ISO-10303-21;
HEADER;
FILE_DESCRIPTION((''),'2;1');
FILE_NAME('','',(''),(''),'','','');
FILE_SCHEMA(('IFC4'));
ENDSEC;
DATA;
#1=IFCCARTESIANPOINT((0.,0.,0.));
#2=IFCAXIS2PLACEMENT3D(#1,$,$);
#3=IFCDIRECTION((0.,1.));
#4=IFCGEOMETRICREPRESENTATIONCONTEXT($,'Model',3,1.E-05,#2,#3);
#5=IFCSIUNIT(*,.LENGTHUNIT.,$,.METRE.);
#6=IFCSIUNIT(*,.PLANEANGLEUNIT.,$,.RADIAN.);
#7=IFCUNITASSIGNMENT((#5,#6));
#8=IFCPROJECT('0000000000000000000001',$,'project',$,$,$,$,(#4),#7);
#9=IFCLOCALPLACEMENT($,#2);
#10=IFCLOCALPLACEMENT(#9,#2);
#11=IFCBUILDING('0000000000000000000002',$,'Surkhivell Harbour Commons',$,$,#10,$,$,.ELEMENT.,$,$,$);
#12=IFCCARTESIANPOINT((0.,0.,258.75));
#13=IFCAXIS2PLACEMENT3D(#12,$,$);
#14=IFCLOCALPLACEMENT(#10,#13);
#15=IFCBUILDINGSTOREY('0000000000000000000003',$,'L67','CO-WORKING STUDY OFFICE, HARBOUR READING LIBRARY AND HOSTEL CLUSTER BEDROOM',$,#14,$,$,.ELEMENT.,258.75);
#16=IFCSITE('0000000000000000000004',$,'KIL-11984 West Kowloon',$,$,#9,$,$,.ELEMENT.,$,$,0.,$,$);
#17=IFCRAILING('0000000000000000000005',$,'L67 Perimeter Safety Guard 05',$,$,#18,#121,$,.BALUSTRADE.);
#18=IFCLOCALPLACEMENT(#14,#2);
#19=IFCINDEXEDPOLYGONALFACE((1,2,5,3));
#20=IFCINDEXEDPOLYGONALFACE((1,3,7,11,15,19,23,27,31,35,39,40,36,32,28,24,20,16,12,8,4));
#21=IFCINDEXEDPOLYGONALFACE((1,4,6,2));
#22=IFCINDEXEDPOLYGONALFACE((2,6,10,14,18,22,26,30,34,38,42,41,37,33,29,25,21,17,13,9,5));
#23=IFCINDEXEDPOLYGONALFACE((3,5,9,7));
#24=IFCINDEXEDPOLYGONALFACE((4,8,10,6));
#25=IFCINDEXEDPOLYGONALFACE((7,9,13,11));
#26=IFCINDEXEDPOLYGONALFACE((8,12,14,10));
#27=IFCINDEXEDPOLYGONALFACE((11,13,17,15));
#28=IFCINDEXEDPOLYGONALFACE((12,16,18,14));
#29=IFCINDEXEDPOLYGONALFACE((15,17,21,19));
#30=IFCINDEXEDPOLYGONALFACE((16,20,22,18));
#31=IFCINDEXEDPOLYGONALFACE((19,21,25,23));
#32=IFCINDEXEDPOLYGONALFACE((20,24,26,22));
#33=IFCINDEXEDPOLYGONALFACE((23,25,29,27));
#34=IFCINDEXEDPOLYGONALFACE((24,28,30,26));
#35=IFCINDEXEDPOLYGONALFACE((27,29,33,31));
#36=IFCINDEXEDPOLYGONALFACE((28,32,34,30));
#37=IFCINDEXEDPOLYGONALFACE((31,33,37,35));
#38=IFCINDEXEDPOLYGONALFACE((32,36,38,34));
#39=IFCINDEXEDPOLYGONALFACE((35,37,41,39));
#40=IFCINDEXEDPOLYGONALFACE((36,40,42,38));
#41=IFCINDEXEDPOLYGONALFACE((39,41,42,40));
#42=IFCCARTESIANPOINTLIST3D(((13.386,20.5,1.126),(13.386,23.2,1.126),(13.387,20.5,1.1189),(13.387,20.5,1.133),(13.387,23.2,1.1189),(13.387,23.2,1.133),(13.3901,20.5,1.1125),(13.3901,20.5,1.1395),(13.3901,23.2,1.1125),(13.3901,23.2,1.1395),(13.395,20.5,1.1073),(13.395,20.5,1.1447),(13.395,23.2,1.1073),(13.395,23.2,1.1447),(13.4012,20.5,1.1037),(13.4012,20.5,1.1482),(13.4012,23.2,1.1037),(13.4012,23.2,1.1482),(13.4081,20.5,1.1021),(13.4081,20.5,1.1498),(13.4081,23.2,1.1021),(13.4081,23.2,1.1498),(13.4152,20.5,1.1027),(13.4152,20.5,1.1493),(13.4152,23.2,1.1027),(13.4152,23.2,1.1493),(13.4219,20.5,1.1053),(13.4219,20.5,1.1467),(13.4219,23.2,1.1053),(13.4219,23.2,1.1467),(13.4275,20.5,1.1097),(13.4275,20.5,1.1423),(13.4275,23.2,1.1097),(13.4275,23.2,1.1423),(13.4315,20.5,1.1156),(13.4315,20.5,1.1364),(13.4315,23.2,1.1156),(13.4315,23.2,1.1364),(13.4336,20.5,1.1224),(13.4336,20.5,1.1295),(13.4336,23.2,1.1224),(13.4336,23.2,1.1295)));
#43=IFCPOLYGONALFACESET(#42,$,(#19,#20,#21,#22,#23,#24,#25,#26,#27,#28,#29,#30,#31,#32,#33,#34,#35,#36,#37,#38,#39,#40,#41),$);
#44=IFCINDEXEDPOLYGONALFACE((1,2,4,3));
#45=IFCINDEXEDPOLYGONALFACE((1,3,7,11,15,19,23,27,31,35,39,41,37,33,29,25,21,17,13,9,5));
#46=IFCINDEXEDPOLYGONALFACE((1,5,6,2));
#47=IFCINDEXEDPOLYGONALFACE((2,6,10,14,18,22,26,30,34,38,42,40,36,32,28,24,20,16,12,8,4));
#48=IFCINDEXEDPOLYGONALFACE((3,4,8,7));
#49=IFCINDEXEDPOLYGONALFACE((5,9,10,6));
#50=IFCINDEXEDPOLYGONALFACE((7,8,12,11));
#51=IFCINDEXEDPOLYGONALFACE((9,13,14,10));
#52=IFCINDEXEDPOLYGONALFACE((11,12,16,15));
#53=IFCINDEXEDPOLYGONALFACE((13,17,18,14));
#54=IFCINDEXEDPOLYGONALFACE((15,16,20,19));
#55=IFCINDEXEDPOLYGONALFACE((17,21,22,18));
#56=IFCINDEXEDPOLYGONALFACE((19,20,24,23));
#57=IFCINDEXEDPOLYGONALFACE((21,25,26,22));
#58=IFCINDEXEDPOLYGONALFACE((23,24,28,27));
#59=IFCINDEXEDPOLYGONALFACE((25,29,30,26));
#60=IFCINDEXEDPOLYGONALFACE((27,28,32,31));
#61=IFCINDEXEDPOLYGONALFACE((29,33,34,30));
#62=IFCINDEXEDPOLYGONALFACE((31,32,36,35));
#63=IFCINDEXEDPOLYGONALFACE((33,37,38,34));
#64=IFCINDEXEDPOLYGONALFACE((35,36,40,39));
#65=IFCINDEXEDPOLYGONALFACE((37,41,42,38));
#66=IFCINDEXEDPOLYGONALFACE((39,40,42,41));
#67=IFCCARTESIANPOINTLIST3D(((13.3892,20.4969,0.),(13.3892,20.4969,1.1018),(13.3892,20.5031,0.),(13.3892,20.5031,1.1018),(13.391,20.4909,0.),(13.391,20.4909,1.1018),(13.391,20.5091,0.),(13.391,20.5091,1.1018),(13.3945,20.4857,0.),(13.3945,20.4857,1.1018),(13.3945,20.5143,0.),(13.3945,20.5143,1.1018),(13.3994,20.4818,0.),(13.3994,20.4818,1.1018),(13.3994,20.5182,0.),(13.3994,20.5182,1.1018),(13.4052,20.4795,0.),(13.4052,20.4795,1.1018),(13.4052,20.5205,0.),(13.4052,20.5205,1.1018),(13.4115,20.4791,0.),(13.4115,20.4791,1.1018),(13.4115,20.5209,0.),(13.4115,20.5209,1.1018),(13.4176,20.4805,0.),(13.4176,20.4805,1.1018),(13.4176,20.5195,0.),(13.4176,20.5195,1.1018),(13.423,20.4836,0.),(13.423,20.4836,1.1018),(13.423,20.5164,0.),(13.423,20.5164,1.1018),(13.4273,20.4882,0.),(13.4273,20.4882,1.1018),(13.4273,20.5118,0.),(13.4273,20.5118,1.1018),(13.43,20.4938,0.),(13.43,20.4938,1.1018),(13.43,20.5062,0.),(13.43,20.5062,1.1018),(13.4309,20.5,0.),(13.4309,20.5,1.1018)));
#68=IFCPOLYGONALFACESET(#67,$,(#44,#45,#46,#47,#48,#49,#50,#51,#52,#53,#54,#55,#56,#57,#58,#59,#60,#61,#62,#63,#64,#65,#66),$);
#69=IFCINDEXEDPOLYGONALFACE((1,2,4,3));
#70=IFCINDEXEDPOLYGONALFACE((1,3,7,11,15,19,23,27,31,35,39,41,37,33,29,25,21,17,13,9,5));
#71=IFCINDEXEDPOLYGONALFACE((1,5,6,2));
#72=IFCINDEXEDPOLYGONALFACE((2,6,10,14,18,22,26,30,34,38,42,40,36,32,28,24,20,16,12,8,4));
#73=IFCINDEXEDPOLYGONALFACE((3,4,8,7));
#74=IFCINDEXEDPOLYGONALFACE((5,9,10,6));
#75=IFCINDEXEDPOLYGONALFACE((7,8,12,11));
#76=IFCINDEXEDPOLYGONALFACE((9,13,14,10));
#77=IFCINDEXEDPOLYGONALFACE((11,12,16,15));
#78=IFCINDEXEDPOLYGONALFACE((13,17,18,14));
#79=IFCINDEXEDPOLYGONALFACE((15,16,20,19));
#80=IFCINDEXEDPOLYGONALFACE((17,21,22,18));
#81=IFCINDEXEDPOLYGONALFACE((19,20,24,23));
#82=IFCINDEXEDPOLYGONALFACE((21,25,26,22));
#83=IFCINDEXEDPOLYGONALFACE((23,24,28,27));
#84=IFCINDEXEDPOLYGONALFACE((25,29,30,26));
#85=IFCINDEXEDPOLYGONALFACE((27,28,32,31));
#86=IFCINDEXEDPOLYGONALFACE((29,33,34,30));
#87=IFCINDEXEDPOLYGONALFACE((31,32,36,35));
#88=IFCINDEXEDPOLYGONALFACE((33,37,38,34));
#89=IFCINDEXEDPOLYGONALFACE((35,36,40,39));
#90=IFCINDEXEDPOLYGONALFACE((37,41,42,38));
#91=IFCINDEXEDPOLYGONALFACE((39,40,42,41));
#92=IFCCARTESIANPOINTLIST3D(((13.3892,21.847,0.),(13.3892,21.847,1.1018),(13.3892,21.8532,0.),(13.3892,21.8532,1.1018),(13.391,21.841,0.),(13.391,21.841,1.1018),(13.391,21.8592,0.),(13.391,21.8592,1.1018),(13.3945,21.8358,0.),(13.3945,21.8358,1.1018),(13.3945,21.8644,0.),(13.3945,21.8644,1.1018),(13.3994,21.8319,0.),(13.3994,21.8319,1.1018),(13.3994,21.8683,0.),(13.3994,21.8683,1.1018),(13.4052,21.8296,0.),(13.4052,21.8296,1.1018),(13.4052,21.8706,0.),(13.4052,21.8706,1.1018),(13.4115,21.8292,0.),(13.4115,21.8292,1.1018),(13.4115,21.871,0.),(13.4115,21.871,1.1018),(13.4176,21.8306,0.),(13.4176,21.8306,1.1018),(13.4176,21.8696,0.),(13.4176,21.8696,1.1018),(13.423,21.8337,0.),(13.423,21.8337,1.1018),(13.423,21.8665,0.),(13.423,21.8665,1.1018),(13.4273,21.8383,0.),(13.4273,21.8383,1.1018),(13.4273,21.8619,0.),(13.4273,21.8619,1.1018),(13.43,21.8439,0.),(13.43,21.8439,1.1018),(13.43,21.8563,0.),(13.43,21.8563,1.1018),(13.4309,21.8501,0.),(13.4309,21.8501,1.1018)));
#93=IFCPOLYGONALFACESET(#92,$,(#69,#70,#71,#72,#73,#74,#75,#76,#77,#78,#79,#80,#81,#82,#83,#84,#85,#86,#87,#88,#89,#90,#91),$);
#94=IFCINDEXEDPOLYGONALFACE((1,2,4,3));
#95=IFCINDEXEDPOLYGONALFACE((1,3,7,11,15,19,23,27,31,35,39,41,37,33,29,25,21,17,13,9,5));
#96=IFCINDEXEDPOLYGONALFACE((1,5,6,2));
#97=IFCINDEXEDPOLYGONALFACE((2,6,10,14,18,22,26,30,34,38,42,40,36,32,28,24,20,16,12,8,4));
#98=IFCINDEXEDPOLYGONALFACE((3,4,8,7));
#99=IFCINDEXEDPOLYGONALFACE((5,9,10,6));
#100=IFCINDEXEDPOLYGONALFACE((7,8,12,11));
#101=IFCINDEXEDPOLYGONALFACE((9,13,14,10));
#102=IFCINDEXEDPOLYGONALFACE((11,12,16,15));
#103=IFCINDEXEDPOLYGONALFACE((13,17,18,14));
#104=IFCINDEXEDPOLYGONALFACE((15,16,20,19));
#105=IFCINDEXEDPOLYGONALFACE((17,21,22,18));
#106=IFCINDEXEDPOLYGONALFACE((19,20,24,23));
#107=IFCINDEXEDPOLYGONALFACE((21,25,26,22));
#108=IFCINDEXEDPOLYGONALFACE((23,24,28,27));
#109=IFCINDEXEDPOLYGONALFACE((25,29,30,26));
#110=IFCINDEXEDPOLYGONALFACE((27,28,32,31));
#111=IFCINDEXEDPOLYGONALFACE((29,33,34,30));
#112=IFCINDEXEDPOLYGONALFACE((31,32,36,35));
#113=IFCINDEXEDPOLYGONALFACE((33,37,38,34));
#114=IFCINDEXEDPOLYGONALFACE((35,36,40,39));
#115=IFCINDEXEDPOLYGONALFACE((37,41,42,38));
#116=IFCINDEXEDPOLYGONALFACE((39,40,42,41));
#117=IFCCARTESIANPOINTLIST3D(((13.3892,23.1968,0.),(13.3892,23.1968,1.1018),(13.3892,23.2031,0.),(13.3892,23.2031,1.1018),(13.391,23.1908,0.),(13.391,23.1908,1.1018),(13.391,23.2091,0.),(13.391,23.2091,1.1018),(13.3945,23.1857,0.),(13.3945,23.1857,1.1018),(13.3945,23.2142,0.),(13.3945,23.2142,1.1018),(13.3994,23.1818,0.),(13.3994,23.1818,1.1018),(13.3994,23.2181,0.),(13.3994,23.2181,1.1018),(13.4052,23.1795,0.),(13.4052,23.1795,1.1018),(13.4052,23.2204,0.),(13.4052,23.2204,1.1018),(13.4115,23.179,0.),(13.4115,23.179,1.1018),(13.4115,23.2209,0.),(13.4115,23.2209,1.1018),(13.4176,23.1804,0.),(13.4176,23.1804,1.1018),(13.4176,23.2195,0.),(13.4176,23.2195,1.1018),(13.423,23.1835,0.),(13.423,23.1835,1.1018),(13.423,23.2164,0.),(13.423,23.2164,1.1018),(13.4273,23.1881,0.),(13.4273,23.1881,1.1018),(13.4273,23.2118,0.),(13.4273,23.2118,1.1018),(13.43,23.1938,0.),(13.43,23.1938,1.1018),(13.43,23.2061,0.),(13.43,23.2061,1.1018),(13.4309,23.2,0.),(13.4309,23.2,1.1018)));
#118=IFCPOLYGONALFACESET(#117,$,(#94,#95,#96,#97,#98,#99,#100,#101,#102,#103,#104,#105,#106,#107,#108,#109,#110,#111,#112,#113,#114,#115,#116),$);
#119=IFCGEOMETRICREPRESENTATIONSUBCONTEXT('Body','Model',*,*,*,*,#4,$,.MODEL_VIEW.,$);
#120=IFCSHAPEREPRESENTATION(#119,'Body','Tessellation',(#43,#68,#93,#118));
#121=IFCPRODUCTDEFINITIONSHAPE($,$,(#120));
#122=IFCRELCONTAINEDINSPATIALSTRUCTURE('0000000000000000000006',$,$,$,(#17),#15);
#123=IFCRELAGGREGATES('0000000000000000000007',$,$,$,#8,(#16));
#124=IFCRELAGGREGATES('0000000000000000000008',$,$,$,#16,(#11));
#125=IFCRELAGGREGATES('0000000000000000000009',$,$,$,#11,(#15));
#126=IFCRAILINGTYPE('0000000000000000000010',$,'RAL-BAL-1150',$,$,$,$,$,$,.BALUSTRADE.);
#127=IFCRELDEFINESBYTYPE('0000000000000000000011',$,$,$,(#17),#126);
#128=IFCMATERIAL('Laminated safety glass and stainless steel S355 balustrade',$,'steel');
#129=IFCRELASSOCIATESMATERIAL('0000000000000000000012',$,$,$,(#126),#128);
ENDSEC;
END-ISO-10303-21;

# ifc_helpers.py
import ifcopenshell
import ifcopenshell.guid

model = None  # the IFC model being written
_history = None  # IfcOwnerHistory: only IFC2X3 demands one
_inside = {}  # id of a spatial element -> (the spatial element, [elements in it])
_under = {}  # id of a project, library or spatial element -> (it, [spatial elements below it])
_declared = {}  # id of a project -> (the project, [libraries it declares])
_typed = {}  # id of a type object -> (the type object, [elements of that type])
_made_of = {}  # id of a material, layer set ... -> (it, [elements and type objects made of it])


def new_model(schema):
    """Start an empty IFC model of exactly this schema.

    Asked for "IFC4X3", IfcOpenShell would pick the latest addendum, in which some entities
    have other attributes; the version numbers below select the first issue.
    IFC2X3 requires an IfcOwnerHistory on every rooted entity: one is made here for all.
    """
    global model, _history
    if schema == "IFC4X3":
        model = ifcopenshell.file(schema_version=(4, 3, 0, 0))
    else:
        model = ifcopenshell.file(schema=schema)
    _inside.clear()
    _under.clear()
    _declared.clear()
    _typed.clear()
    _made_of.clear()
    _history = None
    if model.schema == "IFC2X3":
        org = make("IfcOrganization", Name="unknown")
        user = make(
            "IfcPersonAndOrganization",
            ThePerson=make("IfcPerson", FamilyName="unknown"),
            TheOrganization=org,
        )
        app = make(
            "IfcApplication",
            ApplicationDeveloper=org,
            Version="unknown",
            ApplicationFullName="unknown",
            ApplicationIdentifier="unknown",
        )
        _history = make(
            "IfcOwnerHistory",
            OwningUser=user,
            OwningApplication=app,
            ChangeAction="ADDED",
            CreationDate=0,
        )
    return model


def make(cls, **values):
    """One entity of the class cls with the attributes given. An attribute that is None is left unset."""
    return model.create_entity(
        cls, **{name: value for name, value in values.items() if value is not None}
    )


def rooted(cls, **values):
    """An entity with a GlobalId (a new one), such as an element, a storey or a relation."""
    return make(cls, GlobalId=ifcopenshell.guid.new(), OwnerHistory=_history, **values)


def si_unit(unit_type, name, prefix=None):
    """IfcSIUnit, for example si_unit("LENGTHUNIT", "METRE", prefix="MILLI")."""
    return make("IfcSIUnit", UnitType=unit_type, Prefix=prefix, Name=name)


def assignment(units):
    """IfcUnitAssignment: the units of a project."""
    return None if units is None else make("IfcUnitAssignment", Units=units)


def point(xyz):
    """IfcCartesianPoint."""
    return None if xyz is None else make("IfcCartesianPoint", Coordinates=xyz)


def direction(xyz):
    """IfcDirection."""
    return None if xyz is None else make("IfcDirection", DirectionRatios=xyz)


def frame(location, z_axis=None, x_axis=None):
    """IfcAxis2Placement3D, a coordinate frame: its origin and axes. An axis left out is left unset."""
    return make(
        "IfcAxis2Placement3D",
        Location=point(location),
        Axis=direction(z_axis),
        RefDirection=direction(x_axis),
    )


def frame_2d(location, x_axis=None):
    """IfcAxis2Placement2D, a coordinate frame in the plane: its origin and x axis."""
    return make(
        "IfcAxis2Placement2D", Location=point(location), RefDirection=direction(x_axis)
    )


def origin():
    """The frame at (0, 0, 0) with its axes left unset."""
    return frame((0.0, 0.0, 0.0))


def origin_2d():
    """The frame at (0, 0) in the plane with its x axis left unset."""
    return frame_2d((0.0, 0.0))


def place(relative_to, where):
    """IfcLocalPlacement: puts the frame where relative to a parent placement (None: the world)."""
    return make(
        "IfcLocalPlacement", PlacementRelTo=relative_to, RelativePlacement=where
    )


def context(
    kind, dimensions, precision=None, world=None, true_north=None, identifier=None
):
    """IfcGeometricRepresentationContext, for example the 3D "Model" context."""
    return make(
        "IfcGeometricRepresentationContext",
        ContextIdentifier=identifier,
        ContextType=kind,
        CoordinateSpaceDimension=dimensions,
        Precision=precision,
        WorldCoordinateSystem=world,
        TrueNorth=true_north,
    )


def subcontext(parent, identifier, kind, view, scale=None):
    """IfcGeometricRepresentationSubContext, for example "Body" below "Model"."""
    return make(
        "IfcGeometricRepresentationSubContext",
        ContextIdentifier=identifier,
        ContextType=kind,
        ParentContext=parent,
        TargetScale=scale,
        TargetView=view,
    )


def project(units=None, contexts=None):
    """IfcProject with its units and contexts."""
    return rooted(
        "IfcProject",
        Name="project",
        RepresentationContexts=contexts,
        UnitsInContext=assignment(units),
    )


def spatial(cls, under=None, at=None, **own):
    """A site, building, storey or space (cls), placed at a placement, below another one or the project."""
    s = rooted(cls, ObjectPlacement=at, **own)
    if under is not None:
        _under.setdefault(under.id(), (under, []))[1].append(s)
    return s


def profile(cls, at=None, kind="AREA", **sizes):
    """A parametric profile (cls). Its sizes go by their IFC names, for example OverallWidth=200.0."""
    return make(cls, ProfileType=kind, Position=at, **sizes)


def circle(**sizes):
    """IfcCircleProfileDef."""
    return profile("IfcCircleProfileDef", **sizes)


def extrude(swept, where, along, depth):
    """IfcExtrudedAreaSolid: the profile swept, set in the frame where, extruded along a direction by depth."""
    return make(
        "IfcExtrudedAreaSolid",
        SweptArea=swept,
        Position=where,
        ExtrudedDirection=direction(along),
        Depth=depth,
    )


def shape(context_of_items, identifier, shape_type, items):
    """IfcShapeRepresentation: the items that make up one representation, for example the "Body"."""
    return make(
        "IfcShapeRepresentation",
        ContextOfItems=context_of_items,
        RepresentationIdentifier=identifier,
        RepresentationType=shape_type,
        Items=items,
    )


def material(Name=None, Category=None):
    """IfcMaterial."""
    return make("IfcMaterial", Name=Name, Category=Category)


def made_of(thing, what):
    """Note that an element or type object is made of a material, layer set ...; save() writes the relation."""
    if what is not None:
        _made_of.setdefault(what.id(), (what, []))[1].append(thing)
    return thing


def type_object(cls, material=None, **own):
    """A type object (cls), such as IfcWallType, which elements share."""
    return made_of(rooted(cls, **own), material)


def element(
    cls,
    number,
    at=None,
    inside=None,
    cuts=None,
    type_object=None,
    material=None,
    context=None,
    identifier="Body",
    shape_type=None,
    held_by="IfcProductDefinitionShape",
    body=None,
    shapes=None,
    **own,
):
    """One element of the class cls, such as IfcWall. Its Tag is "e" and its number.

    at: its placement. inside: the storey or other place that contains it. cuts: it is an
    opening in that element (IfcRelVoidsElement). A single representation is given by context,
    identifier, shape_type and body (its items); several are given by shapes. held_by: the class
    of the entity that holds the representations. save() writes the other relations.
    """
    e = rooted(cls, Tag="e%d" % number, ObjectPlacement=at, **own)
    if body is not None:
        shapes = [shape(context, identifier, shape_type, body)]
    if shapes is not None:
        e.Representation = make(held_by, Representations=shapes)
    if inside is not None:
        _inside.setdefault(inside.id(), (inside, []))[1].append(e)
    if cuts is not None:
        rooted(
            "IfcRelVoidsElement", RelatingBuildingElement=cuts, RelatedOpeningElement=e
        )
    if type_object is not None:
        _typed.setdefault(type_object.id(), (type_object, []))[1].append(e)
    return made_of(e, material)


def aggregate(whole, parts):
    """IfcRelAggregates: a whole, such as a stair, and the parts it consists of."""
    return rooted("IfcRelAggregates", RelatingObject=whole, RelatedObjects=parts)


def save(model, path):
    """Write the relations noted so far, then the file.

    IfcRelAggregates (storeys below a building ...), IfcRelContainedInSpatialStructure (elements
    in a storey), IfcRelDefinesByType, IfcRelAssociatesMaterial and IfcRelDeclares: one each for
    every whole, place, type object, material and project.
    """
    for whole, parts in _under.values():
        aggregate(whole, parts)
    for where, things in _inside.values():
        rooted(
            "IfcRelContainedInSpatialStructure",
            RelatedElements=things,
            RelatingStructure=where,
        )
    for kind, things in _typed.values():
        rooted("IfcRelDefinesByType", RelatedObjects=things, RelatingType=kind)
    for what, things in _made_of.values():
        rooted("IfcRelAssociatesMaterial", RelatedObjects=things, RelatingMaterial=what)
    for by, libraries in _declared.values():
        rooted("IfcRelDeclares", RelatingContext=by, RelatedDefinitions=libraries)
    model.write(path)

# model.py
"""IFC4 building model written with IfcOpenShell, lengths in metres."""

from ifc_helpers import new_model, si_unit, direction, frame, origin, origin_2d, place, context, subcontext, project, spatial, circle, extrude, material, type_object, element, save


model = new_model("IFC4")

# Units and contexts
model_context = context("Model", 3, precision=1e-05, world=origin(), true_north=direction((0.0, 1.0)))
body_context = subcontext(model_context, "Body", "Model", "MODEL_VIEW")
ifc_project = project(units=[si_unit("LENGTHUNIT", "METRE"), si_unit("PLANEANGLEUNIT", "RADIAN")], contexts=[model_context])

# Site, building, storey
site_placement = place(None, origin())
site = spatial("IfcSite", under=ifc_project, at=site_placement, Name="KIL-11984 West Kowloon", CompositionType="ELEMENT", RefElevation=0.0)
building_placement = place(site_placement, origin())
building = spatial("IfcBuilding", under=site, at=building_placement, Name="Surkhivell Harbour Commons", CompositionType="ELEMENT")
storey_placement = place(building_placement, frame((0.0, 0.0, 258.75)))
storey = spatial("IfcBuildingStorey", under=building, at=storey_placement, Name="L67", Description="CO-WORKING STUDY OFFICE, HARBOUR READING LIBRARY AND HOSTEL CLUSTER BEDROOM", CompositionType="ELEMENT", Elevation=258.75)

# Railing
ifc_material_1 = material(Name="Laminated safety glass and stainless steel S355 balustrade", Category="steel")
railing_type = type_object("IfcRailingType", Name="RAL-BAL-1150", PredefinedType="BALUSTRADE", material=ifc_material_1)
railing_1_placement = place(storey_placement, frame((13.4099, 20.5, 0.0)))
element("IfcRailing", 1, at=railing_1_placement, inside=storey, type_object=railing_type, Name="L67 Perimeter Safety Guard 05", PredefinedType="BALUSTRADE", context=body_context, shape_type="SweptSolid", body=[
    extrude(circle(Radius=0.0239, at=origin_2d()), frame((0.0, 0.0, 1.126), z_axis=(0.0, 1.0, 0.0), x_axis=(-1.0, 0.0, 0.0)), (0.0, 0.0, 1.0), 2.7),
    extrude(circle(Radius=0.021, at=origin_2d()), origin(), (0.0, 0.0, 1.0), 1.1018),
    extrude(circle(Radius=0.021, at=origin_2d()), frame((0.0, 1.3501, 0.0)), (0.0, 0.0, 1.0), 1.1018),
    extrude(circle(Radius=0.021, at=origin_2d()), frame((0.0, 2.7, 0.0)), (0.0, 0.0, 1.0), 1.1018),
])

save(model, "model.ifc")
